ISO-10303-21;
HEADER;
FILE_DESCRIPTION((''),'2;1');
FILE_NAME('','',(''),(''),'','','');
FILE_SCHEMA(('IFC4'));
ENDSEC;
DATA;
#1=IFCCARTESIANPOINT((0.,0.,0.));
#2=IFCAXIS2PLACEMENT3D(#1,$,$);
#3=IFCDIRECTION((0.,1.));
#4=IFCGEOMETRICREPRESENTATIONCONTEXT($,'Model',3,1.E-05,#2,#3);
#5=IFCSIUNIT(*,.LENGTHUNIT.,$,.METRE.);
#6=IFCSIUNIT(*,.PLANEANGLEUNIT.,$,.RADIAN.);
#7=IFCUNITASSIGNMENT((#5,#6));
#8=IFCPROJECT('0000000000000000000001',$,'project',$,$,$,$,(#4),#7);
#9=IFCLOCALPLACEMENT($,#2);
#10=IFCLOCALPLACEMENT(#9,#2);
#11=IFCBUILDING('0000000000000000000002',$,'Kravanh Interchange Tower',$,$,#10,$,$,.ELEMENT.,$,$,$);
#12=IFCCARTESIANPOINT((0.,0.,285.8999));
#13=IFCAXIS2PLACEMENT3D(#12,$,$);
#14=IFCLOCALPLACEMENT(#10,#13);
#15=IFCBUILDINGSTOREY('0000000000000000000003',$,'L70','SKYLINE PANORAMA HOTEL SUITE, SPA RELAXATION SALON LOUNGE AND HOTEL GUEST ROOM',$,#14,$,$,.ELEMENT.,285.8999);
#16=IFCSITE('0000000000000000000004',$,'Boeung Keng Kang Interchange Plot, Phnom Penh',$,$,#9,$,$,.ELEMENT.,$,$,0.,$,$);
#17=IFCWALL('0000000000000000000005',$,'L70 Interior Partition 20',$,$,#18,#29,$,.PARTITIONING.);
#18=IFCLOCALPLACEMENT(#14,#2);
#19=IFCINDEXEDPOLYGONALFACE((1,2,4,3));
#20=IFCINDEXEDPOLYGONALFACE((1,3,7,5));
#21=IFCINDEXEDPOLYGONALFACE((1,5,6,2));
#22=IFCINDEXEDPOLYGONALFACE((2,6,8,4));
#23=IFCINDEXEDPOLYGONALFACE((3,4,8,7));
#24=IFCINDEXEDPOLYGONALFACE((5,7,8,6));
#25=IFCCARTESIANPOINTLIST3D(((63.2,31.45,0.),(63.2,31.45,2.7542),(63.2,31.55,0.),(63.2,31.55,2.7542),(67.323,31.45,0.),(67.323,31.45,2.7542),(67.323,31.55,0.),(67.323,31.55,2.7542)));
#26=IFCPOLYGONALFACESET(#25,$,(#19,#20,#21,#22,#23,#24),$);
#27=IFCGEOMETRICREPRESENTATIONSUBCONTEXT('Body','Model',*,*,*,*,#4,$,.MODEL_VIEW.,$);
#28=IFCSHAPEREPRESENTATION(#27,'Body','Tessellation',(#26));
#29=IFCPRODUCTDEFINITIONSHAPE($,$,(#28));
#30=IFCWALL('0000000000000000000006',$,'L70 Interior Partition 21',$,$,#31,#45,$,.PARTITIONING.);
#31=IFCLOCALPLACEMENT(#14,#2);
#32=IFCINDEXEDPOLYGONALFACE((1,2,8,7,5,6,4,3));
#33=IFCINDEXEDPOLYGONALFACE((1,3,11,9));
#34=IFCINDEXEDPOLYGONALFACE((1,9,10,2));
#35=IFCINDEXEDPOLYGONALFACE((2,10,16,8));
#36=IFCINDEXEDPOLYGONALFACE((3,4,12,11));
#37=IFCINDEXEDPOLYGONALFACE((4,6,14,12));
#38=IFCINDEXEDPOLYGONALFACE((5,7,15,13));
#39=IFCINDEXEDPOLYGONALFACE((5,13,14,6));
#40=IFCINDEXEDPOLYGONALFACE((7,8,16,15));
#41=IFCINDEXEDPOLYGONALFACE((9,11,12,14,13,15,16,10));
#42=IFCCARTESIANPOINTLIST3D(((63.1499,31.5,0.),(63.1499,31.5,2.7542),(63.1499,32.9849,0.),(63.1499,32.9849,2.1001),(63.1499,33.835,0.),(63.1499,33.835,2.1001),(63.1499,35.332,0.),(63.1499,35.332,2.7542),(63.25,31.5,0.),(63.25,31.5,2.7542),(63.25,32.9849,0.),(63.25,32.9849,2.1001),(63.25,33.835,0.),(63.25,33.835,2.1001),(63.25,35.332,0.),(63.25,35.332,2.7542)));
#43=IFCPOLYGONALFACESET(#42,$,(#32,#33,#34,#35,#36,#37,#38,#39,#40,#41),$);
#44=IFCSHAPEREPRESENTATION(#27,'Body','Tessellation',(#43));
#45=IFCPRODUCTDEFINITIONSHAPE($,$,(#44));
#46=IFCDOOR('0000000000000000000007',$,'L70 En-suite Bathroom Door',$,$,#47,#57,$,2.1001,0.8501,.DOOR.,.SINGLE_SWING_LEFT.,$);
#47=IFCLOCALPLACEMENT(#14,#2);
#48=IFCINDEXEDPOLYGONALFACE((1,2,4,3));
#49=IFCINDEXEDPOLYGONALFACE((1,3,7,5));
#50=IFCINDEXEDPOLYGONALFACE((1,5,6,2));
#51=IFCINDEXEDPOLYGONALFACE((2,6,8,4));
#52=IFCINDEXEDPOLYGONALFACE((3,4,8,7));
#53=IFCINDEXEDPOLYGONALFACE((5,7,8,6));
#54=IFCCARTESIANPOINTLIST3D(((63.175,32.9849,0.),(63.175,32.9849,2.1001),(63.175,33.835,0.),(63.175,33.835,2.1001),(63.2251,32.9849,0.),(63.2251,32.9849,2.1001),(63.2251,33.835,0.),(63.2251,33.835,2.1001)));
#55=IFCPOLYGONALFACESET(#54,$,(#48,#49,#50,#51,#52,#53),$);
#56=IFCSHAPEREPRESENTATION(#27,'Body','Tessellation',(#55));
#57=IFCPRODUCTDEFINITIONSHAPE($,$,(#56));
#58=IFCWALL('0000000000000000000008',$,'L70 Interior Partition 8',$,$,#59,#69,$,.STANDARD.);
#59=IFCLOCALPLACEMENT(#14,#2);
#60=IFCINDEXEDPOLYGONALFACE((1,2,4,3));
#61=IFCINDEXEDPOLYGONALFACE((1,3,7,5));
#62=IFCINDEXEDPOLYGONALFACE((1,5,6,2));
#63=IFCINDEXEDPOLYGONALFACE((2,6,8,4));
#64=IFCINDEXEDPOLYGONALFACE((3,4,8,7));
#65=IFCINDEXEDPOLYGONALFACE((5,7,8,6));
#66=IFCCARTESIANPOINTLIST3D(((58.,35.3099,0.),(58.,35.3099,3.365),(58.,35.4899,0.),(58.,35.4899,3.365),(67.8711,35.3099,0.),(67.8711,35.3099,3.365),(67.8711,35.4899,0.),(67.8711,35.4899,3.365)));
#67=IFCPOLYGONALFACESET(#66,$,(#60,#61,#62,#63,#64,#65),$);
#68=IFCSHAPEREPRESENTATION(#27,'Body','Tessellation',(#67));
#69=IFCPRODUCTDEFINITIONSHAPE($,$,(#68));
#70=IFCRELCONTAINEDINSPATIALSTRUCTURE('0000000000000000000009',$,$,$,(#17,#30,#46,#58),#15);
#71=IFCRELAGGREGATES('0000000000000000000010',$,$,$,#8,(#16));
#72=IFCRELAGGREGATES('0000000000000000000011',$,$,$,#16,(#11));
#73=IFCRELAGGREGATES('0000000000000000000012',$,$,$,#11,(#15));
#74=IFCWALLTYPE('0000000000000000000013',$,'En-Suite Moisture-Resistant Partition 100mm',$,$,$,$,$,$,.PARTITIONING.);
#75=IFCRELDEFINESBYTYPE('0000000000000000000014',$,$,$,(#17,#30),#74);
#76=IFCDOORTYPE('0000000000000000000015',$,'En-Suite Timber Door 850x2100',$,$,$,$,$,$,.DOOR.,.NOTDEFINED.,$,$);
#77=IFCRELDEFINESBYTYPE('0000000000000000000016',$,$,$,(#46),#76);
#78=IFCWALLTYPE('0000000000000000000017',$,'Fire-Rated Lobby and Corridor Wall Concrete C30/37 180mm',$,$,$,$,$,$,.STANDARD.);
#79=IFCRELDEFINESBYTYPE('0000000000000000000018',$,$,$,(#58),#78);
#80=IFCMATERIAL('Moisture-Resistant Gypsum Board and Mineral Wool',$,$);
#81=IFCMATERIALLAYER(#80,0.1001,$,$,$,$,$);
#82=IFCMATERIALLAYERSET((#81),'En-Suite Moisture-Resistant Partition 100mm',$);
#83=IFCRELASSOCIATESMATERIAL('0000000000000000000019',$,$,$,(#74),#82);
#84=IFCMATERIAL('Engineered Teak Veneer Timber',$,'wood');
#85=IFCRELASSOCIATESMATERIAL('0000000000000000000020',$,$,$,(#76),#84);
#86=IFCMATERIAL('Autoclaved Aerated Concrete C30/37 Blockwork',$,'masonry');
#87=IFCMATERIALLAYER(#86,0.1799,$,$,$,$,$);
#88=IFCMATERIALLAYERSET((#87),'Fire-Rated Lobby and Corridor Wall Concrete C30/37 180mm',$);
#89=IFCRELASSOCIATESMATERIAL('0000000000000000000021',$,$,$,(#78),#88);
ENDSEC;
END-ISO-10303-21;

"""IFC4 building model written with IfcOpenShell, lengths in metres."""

from ifc_helpers import new_model, si_unit, direction, frame, frame_2d, origin, place, context, subcontext, project, spatial, rectangle, extrude, material, layer, layer_set, type_object, element, fill, save


model = new_model("IFC4")

# Units and contexts
model_context = context("Model", 3, precision=1e-05, world=origin(), true_north=direction((0.0, 1.0)))
body_context = subcontext(model_context, "Body", "Model", "MODEL_VIEW")
ifc_project = project(units=[si_unit("LENGTHUNIT", "METRE"), si_unit("PLANEANGLEUNIT", "RADIAN")], contexts=[model_context])

# Site, building, storey
site_placement = place(None, origin())
site = spatial("IfcSite", under=ifc_project, at=site_placement, Name="Boeung Keng Kang Interchange Plot, Phnom Penh", CompositionType="ELEMENT", RefElevation=0.0)
building_placement = place(site_placement, origin())
building = spatial("IfcBuilding", under=site, at=building_placement, Name="Kravanh Interchange Tower", CompositionType="ELEMENT")
storey_placement = place(building_placement, frame((0.0, 0.0, 285.8999)))
storey = spatial("IfcBuildingStorey", under=building, at=storey_placement, Name="L70", Description="SKYLINE PANORAMA HOTEL SUITE, SPA RELAXATION SALON LOUNGE AND HOTEL GUEST ROOM", CompositionType="ELEMENT", Elevation=285.8999)

# Wall
ifc_material_1 = material(Name="Moisture-Resistant Gypsum Board and Mineral Wool")
ifc_layer_1 = layer(ifc_material_1, 0.1001)
ifc_layer_set_1 = layer_set([ifc_layer_1], Name="En-Suite Moisture-Resistant Partition 100mm")
wall_type_1 = type_object("IfcWallType", Name="En-Suite Moisture-Resistant Partition 100mm", PredefinedType="PARTITIONING", material=ifc_layer_set_1)
wall_1_placement = place(storey_placement, frame((63.2, 31.5, 0.0), z_axis=(0.0, 0.0, 1.0), x_axis=(1.0, 0.0, 0.0)))
element("IfcWall", 1, at=wall_1_placement, inside=storey, type_object=wall_type_1, Name="L70 Interior Partition 20", PredefinedType="PARTITIONING", context=body_context, shape_type="SweptSolid", body=[
    extrude(rectangle(XDim=4.123, YDim=0.1001, at=frame_2d((2.0615, 0.0))), origin(), (0.0, 0.0, 1.0), 2.7542),
])

# Wall, opening, door
wall_2_placement = place(storey_placement, frame((63.2, 31.5, 0.0), z_axis=(0.0, 0.0, 1.0), x_axis=(0.0, 1.0, 0.0)))
wall_2 = element("IfcWall", 2, at=wall_2_placement, inside=storey, type_object=wall_type_1, Name="L70 Interior Partition 21", PredefinedType="PARTITIONING", context=body_context, shape_type="SweptSolid", body=[
    extrude(rectangle(XDim=3.832, YDim=0.1001, at=frame_2d((1.916, 0.0))), origin(), (0.0, 0.0, 1.0), 2.7542),
])
opening_1_placement = place(wall_2_placement, frame((1.4849, 0.0, 0.0)))
opening_1 = element("IfcOpeningElement", 3, at=opening_1_placement, cuts=wall_2, PredefinedType="OPENING", context=body_context, shape_type="SweptSolid", body=[
    extrude(rectangle(XDim=0.8501, YDim=2.1001, at=frame_2d((0.425, 1.05))), frame((0.0, 0.0601, 0.0), z_axis=(0.0, -1.0, 0.0), x_axis=(1.0, 0.0, 0.0)), (0.0, 0.0, 1.0), 0.1201),
])
ifc_material_2 = material(Name="Engineered Teak Veneer Timber", Category="wood")
door_type_1 = type_object("IfcDoorType", Name="En-Suite Timber Door 850x2100", OperationType="NOTDEFINED", PredefinedType="DOOR", material=ifc_material_2)
door_1_placement = place(opening_1_placement, origin())
door_1 = element("IfcDoor", 4, at=door_1_placement, inside=storey, type_object=door_type_1, Name="L70 En-suite Bathroom Door", OperationType="SINGLE_SWING_LEFT", OverallHeight=2.1001, OverallWidth=0.8501, PredefinedType="DOOR", context=body_context, shape_type="SweptSolid", body=[
    extrude(rectangle(XDim=0.8501, YDim=2.1001, at=frame_2d((0.425, 1.05))), frame((0.0, 0.0249, 0.0), z_axis=(0.0, -1.0, 0.0), x_axis=(1.0, 0.0, 0.0)), (0.0, 0.0, 1.0), 0.05),
])
fill(opening_1, door_1)

# Wall
ifc_material_3 = material(Name="Autoclaved Aerated Concrete C30/37 Blockwork", Category="masonry")
ifc_layer_2 = layer(ifc_material_3, 0.1799)
ifc_layer_set_2 = layer_set([ifc_layer_2], Name="Fire-Rated Lobby and Corridor Wall Concrete C30/37 180mm")
wall_type_2 = type_object("IfcWallType", Name="Fire-Rated Lobby and Corridor Wall Concrete C30/37 180mm", PredefinedType="STANDARD", material=ifc_layer_set_2)
wall_3_placement = place(storey_placement, frame((58.0, 35.3999, 0.0), z_axis=(0.0, 0.0, 1.0), x_axis=(1.0, 0.0, 0.0)))
element("IfcWall", 5, at=wall_3_placement, inside=storey, type_object=wall_type_2, Name="L70 Interior Partition 8", PredefinedType="STANDARD", context=body_context, shape_type="SweptSolid", body=[
    extrude(rectangle(XDim=9.8711, YDim=0.1799, at=frame_2d((4.9355, 0.0))), origin(), (0.0, 0.0, 1.0), 3.365),
])

save(model, "model.ifc")
